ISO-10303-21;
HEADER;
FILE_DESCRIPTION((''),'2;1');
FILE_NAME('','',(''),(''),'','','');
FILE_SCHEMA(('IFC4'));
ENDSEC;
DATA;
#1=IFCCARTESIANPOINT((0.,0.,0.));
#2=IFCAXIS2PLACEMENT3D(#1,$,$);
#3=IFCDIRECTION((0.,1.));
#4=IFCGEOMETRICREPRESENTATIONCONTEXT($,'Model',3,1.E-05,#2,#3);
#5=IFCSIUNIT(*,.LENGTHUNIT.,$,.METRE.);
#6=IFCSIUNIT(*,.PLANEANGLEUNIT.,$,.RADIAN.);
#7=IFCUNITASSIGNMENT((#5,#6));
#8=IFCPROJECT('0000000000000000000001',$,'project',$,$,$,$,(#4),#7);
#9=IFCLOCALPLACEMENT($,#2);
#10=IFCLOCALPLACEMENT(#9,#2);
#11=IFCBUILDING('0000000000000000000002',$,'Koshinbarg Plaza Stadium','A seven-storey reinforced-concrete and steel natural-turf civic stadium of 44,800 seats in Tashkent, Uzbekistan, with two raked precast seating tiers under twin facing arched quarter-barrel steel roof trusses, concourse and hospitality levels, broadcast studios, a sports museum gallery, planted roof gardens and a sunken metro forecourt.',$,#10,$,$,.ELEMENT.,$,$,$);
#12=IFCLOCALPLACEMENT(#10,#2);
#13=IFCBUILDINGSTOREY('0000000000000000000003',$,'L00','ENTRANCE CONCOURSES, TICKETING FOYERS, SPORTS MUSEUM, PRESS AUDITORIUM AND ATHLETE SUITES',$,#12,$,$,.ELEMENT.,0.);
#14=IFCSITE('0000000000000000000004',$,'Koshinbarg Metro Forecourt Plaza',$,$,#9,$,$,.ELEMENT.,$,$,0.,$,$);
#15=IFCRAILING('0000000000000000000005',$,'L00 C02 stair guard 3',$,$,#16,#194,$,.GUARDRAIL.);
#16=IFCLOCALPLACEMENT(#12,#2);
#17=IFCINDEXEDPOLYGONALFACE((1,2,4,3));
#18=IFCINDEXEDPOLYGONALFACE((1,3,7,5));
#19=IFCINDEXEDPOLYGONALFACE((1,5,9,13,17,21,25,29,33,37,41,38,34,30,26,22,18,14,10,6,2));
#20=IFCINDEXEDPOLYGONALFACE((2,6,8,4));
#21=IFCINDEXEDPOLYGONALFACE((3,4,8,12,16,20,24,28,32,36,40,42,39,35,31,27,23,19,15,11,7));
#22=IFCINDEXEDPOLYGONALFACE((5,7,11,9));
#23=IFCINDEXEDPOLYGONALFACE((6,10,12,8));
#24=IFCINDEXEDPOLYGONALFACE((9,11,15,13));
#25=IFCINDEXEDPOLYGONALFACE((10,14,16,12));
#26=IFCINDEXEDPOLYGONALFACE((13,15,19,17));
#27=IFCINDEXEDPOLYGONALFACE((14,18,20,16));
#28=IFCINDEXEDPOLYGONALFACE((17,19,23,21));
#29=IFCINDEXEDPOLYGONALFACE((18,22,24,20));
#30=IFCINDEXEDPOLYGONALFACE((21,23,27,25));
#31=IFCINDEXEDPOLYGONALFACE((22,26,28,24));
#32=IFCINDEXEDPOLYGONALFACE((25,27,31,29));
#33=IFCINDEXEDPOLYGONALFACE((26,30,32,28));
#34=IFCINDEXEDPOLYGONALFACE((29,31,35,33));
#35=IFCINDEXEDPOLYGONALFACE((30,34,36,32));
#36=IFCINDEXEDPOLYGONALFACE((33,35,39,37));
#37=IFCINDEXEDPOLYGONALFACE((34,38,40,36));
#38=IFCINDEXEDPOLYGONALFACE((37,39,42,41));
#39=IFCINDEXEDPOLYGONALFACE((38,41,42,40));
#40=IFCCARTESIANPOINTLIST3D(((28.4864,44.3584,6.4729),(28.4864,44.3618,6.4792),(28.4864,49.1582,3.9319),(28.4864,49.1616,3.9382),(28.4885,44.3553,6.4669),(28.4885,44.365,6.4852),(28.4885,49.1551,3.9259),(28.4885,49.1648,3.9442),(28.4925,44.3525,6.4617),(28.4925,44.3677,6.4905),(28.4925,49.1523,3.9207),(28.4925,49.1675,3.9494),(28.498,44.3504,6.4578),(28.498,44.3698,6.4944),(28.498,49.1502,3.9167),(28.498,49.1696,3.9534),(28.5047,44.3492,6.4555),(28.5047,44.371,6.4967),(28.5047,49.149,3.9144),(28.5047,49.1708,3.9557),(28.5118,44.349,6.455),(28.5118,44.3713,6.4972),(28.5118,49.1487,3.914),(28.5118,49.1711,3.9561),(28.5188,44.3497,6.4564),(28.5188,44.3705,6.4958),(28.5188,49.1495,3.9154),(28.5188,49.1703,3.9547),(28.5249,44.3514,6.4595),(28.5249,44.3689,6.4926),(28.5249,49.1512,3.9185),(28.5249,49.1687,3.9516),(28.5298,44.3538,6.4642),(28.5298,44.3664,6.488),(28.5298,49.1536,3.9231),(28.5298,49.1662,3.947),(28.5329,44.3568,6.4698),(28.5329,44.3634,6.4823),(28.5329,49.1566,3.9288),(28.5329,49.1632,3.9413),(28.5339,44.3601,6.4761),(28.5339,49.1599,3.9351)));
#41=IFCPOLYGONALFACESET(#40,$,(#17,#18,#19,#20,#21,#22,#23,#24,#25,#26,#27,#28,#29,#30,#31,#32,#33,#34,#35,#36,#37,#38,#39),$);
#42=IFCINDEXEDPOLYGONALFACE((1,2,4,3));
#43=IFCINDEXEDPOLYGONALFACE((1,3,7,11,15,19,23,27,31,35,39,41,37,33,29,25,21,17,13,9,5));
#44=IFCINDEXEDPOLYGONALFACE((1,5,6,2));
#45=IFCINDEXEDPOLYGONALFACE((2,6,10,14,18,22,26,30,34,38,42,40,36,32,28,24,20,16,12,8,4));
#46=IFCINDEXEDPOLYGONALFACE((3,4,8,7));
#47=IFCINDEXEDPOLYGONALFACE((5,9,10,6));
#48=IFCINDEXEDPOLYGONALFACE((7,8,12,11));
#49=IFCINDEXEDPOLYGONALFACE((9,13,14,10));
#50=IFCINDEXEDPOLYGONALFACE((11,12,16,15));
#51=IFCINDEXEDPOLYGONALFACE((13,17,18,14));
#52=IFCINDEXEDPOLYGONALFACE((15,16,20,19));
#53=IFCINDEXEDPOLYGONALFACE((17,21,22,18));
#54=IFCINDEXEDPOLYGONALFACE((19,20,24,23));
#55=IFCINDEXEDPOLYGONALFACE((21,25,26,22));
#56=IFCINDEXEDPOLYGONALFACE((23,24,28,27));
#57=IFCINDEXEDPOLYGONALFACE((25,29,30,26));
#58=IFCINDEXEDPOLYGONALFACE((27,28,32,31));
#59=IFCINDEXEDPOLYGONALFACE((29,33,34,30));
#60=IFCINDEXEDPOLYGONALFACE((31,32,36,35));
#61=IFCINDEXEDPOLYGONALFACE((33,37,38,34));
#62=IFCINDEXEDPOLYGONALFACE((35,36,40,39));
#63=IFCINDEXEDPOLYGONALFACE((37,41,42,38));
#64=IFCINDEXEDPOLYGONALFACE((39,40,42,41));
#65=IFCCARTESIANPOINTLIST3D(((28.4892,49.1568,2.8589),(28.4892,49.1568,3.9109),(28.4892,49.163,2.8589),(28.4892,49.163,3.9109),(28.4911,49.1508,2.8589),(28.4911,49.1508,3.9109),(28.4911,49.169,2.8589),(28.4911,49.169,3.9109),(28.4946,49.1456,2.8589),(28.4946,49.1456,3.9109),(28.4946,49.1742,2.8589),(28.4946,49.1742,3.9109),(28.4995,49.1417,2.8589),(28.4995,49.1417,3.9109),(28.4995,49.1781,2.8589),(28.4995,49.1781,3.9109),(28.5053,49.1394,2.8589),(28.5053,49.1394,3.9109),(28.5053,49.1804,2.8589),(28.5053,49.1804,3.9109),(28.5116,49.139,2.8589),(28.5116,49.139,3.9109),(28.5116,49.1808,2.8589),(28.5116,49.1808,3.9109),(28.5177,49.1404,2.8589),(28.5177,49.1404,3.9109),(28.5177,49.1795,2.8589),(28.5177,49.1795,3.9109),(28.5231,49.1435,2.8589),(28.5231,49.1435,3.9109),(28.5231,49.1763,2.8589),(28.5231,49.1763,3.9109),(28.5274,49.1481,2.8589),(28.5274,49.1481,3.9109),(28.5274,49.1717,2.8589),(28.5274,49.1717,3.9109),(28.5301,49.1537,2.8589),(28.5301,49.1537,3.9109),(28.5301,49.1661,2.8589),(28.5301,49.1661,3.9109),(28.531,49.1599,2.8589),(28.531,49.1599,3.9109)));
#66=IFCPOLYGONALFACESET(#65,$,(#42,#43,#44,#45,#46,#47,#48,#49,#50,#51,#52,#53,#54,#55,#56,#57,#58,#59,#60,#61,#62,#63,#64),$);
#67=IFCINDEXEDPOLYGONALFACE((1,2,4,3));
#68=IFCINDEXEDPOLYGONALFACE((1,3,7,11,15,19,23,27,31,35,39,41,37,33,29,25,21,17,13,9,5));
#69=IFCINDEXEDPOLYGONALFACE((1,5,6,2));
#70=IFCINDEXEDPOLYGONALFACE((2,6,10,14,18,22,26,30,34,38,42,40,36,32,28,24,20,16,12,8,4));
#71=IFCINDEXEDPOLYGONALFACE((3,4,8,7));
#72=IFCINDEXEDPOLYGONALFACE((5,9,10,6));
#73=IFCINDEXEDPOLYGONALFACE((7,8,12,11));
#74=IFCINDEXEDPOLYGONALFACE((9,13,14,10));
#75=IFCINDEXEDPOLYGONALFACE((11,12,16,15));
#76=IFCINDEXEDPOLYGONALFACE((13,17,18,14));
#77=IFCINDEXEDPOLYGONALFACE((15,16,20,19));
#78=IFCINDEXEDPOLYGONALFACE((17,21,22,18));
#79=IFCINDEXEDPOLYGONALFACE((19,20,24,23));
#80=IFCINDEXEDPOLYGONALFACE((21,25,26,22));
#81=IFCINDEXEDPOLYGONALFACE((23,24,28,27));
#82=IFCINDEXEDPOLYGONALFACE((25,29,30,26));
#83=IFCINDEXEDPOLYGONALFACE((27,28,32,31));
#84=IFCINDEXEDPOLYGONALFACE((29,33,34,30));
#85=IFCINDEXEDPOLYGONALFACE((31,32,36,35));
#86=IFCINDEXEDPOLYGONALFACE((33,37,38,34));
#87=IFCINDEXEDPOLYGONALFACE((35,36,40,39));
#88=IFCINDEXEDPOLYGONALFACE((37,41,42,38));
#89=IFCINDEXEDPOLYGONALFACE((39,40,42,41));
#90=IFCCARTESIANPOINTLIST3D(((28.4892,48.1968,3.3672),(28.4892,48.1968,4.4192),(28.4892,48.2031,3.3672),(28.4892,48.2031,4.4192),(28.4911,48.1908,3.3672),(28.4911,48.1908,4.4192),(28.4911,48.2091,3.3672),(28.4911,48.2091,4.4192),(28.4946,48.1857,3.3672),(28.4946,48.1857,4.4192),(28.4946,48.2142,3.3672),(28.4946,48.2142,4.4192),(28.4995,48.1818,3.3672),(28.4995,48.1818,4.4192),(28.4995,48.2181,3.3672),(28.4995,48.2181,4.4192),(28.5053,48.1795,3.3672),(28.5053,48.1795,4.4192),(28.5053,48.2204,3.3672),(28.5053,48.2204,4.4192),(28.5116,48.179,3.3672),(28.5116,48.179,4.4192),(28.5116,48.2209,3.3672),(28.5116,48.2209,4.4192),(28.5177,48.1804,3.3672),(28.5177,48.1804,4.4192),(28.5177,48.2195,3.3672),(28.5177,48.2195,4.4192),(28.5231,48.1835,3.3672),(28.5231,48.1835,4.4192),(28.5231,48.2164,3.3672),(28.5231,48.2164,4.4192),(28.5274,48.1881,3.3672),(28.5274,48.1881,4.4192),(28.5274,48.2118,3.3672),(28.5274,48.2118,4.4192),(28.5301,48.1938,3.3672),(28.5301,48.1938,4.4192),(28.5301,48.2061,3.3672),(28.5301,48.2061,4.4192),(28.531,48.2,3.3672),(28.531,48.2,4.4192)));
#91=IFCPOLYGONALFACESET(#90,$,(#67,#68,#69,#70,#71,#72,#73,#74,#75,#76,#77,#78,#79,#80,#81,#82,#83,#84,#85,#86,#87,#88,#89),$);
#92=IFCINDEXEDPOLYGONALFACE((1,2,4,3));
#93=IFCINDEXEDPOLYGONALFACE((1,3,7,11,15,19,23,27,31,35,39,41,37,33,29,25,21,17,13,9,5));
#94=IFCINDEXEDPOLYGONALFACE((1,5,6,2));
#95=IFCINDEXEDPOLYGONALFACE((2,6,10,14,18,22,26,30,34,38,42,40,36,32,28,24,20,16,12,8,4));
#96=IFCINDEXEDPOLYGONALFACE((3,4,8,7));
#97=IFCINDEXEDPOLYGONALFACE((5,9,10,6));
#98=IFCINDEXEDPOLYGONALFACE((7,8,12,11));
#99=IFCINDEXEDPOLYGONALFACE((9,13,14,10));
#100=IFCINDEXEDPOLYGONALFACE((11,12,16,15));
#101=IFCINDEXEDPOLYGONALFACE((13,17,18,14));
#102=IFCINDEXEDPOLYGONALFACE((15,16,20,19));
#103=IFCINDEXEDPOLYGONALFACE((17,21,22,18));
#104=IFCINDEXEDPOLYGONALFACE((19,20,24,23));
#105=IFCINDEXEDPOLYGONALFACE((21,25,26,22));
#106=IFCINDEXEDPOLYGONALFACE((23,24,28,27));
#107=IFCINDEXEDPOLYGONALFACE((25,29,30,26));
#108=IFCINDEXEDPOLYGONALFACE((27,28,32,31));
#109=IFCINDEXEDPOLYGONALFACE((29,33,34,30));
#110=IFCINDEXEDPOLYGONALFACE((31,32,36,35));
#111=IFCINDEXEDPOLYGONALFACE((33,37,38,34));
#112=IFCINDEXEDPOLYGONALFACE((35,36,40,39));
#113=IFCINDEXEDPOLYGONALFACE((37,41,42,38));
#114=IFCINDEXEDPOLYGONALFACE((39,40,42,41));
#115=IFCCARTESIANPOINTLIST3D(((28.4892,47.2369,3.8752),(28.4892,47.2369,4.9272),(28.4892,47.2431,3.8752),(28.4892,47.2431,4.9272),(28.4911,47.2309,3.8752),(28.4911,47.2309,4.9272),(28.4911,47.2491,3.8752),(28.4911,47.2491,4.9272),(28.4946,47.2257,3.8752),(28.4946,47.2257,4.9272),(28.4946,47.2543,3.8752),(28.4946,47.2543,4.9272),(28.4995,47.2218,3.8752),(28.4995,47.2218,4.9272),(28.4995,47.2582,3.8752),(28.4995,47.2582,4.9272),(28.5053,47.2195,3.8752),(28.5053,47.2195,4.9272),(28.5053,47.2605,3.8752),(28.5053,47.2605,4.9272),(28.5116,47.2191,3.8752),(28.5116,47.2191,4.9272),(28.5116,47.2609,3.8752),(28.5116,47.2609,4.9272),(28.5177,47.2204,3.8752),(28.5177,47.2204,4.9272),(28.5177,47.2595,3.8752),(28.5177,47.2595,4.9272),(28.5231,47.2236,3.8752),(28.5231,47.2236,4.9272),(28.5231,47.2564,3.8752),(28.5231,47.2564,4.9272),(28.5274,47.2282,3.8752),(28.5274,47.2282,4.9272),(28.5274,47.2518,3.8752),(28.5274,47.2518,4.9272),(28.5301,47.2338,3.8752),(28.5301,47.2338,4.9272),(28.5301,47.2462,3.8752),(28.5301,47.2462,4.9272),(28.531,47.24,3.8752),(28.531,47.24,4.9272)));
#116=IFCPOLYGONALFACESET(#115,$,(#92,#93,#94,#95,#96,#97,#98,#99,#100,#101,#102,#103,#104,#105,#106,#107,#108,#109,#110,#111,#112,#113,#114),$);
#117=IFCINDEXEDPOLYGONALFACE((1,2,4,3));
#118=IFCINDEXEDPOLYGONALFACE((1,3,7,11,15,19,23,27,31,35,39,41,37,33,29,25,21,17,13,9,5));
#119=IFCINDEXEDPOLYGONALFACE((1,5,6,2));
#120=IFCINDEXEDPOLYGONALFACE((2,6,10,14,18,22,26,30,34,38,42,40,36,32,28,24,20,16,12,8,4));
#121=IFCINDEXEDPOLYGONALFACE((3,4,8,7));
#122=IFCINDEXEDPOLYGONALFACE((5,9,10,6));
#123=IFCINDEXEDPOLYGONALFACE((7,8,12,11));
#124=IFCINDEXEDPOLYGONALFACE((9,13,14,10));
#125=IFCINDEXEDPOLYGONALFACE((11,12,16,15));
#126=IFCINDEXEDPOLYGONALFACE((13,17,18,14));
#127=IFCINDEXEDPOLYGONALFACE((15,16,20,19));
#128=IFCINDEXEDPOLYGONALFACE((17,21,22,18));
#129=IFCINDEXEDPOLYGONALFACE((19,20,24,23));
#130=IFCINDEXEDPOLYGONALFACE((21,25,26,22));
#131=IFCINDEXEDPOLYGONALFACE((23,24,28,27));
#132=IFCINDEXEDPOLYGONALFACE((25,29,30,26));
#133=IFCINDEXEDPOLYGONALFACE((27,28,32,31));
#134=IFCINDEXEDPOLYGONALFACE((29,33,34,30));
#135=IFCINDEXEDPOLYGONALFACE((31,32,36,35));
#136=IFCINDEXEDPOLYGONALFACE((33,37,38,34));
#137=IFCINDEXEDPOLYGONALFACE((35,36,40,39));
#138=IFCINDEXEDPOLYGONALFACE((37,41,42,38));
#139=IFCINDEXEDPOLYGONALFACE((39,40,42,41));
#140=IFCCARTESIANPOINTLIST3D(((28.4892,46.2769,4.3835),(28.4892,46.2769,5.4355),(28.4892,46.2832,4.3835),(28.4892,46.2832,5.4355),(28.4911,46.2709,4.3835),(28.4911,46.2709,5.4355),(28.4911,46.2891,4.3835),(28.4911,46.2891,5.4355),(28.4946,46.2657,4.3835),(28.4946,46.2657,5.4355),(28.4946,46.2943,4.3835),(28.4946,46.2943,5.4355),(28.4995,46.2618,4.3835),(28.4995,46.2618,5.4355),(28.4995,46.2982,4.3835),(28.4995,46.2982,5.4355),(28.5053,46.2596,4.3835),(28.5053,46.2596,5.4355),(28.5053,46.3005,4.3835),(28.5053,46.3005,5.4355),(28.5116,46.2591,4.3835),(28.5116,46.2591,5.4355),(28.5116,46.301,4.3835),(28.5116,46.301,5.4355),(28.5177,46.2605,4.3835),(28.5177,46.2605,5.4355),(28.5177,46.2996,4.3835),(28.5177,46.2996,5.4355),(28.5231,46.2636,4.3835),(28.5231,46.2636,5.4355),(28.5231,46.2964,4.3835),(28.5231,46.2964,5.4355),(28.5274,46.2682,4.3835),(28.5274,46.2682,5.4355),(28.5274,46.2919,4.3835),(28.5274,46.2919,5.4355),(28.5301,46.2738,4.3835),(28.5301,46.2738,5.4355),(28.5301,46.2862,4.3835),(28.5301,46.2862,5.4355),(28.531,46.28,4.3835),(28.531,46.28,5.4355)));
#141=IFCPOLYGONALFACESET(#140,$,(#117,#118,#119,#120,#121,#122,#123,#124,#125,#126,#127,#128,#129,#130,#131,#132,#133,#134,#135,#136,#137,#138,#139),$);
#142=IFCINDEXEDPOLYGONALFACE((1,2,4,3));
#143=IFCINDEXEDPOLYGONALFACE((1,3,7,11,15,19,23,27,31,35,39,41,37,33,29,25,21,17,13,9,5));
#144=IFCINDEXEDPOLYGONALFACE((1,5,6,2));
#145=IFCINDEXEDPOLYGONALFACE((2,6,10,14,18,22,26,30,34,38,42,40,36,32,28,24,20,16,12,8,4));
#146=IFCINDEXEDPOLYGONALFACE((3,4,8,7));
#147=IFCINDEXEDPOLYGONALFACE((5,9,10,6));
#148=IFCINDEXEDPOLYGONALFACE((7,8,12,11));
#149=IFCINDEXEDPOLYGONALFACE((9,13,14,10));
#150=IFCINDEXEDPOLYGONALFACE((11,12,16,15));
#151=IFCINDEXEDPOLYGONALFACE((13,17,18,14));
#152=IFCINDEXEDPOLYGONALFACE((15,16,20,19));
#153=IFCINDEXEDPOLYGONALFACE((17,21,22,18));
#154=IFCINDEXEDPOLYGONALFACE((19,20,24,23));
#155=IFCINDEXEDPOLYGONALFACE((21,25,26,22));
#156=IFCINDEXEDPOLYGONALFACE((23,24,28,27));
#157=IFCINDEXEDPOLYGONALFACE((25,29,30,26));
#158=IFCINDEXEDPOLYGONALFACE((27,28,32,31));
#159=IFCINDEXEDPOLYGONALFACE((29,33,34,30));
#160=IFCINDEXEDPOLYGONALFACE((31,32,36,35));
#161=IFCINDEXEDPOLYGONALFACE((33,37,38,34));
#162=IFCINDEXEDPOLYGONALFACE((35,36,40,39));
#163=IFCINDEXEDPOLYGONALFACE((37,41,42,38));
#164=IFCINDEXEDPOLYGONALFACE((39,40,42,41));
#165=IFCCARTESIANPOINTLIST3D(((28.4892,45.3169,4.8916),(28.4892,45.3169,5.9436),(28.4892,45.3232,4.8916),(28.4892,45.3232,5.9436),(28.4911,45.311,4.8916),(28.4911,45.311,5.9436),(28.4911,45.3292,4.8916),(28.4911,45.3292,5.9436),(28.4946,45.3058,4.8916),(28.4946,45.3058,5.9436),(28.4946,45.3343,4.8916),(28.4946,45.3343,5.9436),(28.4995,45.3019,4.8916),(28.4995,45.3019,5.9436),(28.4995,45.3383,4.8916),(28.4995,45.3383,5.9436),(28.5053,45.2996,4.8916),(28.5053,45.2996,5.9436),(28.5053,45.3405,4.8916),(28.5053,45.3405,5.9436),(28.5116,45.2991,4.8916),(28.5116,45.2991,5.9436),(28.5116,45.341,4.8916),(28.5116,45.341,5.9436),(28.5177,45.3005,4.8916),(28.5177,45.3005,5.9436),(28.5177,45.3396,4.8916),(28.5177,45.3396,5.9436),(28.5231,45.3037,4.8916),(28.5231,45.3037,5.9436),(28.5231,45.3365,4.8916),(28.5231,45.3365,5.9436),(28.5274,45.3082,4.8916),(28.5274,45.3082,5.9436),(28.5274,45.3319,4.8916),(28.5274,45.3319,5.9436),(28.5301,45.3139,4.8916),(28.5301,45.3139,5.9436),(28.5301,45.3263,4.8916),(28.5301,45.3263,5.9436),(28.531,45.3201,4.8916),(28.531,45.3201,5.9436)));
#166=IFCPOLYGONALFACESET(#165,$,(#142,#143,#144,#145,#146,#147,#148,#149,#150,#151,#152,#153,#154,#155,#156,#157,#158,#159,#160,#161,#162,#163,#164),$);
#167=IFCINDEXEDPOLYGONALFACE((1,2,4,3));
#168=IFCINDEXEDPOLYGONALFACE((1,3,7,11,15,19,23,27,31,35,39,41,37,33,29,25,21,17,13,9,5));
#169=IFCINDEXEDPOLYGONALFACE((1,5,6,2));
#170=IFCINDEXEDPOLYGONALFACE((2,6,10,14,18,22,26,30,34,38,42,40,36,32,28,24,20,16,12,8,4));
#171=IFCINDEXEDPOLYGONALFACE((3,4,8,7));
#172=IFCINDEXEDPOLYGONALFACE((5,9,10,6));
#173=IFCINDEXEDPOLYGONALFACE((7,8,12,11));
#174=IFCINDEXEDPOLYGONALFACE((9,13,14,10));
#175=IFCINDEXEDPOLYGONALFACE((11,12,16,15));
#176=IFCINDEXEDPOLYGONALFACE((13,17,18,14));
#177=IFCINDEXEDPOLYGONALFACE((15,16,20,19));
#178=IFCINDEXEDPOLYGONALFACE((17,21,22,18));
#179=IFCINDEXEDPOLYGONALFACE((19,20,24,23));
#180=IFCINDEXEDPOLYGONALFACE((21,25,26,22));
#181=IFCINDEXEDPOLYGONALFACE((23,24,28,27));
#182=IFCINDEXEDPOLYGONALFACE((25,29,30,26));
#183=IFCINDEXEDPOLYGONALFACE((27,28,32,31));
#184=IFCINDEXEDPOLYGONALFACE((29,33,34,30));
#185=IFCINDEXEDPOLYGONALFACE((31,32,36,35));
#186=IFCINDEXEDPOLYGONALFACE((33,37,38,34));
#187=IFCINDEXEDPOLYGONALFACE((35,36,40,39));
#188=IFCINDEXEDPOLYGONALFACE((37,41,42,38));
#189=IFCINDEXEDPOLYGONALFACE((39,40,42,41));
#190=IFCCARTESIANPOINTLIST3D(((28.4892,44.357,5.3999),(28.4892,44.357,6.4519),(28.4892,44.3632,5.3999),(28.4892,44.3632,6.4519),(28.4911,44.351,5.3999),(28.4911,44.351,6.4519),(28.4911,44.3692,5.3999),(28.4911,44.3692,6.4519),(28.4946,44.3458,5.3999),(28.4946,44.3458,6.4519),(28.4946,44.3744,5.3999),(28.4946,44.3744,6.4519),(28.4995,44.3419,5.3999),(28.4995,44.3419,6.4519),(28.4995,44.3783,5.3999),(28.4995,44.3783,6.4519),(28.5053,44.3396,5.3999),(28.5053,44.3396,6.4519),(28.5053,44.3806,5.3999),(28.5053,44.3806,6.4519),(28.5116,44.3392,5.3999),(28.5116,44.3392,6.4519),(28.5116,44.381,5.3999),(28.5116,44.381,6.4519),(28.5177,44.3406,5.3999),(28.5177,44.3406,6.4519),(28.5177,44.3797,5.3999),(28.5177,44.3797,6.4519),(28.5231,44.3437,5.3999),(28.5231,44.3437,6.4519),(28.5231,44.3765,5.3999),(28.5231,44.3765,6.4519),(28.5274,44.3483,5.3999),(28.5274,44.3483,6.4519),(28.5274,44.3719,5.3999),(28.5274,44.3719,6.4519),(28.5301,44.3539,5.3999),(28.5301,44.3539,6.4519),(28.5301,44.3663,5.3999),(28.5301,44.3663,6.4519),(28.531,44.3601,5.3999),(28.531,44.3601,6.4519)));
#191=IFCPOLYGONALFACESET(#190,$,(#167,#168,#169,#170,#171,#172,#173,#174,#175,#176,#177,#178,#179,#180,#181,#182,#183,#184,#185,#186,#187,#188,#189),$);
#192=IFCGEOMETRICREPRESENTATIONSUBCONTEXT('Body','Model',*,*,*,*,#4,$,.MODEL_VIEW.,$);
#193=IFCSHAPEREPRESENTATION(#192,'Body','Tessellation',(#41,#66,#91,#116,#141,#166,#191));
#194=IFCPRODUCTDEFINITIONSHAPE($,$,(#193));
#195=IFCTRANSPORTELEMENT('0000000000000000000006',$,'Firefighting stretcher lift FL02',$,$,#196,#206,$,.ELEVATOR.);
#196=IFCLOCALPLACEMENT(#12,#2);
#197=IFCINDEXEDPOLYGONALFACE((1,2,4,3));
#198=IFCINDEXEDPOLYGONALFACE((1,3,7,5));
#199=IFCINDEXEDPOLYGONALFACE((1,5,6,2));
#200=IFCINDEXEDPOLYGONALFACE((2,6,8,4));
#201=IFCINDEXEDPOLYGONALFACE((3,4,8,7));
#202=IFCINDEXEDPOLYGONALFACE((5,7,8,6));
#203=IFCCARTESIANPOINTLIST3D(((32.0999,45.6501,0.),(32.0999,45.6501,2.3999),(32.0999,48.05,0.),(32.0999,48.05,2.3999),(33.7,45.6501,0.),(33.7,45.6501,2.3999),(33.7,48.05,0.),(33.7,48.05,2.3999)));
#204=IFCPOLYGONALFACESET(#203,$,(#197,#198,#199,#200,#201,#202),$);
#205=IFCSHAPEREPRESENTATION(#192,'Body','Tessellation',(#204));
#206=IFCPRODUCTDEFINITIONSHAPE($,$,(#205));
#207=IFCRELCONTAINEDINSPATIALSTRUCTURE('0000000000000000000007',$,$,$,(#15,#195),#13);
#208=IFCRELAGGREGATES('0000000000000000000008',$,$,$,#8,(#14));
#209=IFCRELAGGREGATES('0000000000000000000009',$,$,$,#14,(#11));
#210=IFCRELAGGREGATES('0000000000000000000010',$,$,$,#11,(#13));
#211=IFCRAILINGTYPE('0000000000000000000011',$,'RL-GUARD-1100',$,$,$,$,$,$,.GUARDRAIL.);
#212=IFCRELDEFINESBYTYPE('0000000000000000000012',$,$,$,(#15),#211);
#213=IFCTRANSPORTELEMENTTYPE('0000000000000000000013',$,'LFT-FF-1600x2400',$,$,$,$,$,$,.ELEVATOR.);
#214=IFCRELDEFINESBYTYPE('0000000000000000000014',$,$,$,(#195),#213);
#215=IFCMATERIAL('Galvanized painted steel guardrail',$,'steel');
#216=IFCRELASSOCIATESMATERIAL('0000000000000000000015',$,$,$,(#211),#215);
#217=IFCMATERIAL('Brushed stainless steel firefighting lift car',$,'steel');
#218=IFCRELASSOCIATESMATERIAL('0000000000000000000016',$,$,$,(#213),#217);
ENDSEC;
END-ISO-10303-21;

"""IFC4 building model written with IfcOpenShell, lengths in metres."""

from ifc_helpers import new_model, si_unit, direction, frame, origin, origin_2d, place, context, subcontext, project, spatial, rectangle, circle, extrude, material, type_object, element, save


model = new_model("IFC4")

# Units and contexts
model_context = context("Model", 3, precision=1e-05, world=origin(), true_north=direction((0.0, 1.0)))
body_context = subcontext(model_context, "Body", "Model", "MODEL_VIEW")
ifc_project = project(units=[si_unit("LENGTHUNIT", "METRE"), si_unit("PLANEANGLEUNIT", "RADIAN")], contexts=[model_context])

# Site, building, storey
site_placement = place(None, origin())
site = spatial("IfcSite", under=ifc_project, at=site_placement, Name="Koshinbarg Metro Forecourt Plaza", CompositionType="ELEMENT", RefElevation=0.0)
building_placement = place(site_placement, origin())
building = spatial("IfcBuilding", under=site, at=building_placement, Name="Koshinbarg Plaza Stadium", Description="A seven-storey reinforced-concrete and steel natural-turf civic stadium of 44,800 seats in Tashkent, Uzbekistan, with two raked precast seating tiers under twin facing arched quarter-barrel steel roof trusses, concourse and hospitality levels, broadcast studios, a sports museum gallery, planted roof gardens and a sunken metro forecourt.", CompositionType="ELEMENT")
storey_placement = place(building_placement, origin())
storey = spatial("IfcBuildingStorey", under=building, at=storey_placement, Name="L00", Description="ENTRANCE CONCOURSES, TICKETING FOYERS, SPORTS MUSEUM, PRESS AUDITORIUM AND ATHLETE SUITES", CompositionType="ELEMENT", Elevation=0.0)

# Railing
ifc_material_1 = material(Name="Galvanized painted steel guardrail", Category="steel")
railing_type_1 = type_object("IfcRailingType", Name="RL-GUARD-1100", PredefinedType="GUARDRAIL", material=ifc_material_1)
railing_1_placement = place(storey_placement, frame((28.51, 49.1599, 2.8589)))
element("IfcRailing", 1, at=railing_1_placement, inside=storey, type_object=railing_type_1, Name="L00 C02 stair guard 3", PredefinedType="GUARDRAIL", context=body_context, shape_type="SweptSolid", body=[
    extrude(circle(Radius=0.0239, at=origin_2d()), frame((0.0, 0.0, 1.0762), z_axis=(0.0, -0.883792, 0.467879), x_axis=(1.0, 0.0, 0.0)), (0.0, 0.0, 1.0), 5.4309),
    extrude(circle(Radius=0.021, at=origin_2d()), origin(), (0.0, 0.0, 1.0), 1.052),
    extrude(circle(Radius=0.021, at=origin_2d()), frame((0.0, -0.96, 0.5083)), (0.0, 0.0, 1.0), 1.052),
    extrude(circle(Radius=0.021, at=origin_2d()), frame((0.0, -1.9199, 1.0164)), (0.0, 0.0, 1.0), 1.052),
    extrude(circle(Radius=0.021, at=origin_2d()), frame((0.0, -2.8799, 1.5247)), (0.0, 0.0, 1.0), 1.052),
    extrude(circle(Radius=0.021, at=origin_2d()), frame((0.0, -3.8398, 2.0327)), (0.0, 0.0, 1.0), 1.052),
    extrude(circle(Radius=0.021, at=origin_2d()), frame((0.0, -4.7998, 2.541)), (0.0, 0.0, 1.0), 1.052),
])

# Transport element
ifc_material_2 = material(Name="Brushed stainless steel firefighting lift car", Category="steel")
transport_element_type = type_object("IfcTransportElementType", Name="LFT-FF-1600x2400", PredefinedType="ELEVATOR", material=ifc_material_2)
transport_element_placement = place(storey_placement, frame((32.8999, 46.8501, 0.0), z_axis=(0.0, 0.0, 1.0), x_axis=(1.0, 0.0, 0.0)))
element("IfcTransportElement", 2, at=transport_element_placement, inside=storey, type_object=transport_element_type, Name="Firefighting stretcher lift FL02", PredefinedType="ELEVATOR", context=body_context, shape_type="SweptSolid", body=[
    extrude(rectangle(XDim=1.6001, YDim=2.3999, at=origin_2d()), origin(), (0.0, 0.0, 1.0), 2.3999),
])

save(model, "model.ifc")
